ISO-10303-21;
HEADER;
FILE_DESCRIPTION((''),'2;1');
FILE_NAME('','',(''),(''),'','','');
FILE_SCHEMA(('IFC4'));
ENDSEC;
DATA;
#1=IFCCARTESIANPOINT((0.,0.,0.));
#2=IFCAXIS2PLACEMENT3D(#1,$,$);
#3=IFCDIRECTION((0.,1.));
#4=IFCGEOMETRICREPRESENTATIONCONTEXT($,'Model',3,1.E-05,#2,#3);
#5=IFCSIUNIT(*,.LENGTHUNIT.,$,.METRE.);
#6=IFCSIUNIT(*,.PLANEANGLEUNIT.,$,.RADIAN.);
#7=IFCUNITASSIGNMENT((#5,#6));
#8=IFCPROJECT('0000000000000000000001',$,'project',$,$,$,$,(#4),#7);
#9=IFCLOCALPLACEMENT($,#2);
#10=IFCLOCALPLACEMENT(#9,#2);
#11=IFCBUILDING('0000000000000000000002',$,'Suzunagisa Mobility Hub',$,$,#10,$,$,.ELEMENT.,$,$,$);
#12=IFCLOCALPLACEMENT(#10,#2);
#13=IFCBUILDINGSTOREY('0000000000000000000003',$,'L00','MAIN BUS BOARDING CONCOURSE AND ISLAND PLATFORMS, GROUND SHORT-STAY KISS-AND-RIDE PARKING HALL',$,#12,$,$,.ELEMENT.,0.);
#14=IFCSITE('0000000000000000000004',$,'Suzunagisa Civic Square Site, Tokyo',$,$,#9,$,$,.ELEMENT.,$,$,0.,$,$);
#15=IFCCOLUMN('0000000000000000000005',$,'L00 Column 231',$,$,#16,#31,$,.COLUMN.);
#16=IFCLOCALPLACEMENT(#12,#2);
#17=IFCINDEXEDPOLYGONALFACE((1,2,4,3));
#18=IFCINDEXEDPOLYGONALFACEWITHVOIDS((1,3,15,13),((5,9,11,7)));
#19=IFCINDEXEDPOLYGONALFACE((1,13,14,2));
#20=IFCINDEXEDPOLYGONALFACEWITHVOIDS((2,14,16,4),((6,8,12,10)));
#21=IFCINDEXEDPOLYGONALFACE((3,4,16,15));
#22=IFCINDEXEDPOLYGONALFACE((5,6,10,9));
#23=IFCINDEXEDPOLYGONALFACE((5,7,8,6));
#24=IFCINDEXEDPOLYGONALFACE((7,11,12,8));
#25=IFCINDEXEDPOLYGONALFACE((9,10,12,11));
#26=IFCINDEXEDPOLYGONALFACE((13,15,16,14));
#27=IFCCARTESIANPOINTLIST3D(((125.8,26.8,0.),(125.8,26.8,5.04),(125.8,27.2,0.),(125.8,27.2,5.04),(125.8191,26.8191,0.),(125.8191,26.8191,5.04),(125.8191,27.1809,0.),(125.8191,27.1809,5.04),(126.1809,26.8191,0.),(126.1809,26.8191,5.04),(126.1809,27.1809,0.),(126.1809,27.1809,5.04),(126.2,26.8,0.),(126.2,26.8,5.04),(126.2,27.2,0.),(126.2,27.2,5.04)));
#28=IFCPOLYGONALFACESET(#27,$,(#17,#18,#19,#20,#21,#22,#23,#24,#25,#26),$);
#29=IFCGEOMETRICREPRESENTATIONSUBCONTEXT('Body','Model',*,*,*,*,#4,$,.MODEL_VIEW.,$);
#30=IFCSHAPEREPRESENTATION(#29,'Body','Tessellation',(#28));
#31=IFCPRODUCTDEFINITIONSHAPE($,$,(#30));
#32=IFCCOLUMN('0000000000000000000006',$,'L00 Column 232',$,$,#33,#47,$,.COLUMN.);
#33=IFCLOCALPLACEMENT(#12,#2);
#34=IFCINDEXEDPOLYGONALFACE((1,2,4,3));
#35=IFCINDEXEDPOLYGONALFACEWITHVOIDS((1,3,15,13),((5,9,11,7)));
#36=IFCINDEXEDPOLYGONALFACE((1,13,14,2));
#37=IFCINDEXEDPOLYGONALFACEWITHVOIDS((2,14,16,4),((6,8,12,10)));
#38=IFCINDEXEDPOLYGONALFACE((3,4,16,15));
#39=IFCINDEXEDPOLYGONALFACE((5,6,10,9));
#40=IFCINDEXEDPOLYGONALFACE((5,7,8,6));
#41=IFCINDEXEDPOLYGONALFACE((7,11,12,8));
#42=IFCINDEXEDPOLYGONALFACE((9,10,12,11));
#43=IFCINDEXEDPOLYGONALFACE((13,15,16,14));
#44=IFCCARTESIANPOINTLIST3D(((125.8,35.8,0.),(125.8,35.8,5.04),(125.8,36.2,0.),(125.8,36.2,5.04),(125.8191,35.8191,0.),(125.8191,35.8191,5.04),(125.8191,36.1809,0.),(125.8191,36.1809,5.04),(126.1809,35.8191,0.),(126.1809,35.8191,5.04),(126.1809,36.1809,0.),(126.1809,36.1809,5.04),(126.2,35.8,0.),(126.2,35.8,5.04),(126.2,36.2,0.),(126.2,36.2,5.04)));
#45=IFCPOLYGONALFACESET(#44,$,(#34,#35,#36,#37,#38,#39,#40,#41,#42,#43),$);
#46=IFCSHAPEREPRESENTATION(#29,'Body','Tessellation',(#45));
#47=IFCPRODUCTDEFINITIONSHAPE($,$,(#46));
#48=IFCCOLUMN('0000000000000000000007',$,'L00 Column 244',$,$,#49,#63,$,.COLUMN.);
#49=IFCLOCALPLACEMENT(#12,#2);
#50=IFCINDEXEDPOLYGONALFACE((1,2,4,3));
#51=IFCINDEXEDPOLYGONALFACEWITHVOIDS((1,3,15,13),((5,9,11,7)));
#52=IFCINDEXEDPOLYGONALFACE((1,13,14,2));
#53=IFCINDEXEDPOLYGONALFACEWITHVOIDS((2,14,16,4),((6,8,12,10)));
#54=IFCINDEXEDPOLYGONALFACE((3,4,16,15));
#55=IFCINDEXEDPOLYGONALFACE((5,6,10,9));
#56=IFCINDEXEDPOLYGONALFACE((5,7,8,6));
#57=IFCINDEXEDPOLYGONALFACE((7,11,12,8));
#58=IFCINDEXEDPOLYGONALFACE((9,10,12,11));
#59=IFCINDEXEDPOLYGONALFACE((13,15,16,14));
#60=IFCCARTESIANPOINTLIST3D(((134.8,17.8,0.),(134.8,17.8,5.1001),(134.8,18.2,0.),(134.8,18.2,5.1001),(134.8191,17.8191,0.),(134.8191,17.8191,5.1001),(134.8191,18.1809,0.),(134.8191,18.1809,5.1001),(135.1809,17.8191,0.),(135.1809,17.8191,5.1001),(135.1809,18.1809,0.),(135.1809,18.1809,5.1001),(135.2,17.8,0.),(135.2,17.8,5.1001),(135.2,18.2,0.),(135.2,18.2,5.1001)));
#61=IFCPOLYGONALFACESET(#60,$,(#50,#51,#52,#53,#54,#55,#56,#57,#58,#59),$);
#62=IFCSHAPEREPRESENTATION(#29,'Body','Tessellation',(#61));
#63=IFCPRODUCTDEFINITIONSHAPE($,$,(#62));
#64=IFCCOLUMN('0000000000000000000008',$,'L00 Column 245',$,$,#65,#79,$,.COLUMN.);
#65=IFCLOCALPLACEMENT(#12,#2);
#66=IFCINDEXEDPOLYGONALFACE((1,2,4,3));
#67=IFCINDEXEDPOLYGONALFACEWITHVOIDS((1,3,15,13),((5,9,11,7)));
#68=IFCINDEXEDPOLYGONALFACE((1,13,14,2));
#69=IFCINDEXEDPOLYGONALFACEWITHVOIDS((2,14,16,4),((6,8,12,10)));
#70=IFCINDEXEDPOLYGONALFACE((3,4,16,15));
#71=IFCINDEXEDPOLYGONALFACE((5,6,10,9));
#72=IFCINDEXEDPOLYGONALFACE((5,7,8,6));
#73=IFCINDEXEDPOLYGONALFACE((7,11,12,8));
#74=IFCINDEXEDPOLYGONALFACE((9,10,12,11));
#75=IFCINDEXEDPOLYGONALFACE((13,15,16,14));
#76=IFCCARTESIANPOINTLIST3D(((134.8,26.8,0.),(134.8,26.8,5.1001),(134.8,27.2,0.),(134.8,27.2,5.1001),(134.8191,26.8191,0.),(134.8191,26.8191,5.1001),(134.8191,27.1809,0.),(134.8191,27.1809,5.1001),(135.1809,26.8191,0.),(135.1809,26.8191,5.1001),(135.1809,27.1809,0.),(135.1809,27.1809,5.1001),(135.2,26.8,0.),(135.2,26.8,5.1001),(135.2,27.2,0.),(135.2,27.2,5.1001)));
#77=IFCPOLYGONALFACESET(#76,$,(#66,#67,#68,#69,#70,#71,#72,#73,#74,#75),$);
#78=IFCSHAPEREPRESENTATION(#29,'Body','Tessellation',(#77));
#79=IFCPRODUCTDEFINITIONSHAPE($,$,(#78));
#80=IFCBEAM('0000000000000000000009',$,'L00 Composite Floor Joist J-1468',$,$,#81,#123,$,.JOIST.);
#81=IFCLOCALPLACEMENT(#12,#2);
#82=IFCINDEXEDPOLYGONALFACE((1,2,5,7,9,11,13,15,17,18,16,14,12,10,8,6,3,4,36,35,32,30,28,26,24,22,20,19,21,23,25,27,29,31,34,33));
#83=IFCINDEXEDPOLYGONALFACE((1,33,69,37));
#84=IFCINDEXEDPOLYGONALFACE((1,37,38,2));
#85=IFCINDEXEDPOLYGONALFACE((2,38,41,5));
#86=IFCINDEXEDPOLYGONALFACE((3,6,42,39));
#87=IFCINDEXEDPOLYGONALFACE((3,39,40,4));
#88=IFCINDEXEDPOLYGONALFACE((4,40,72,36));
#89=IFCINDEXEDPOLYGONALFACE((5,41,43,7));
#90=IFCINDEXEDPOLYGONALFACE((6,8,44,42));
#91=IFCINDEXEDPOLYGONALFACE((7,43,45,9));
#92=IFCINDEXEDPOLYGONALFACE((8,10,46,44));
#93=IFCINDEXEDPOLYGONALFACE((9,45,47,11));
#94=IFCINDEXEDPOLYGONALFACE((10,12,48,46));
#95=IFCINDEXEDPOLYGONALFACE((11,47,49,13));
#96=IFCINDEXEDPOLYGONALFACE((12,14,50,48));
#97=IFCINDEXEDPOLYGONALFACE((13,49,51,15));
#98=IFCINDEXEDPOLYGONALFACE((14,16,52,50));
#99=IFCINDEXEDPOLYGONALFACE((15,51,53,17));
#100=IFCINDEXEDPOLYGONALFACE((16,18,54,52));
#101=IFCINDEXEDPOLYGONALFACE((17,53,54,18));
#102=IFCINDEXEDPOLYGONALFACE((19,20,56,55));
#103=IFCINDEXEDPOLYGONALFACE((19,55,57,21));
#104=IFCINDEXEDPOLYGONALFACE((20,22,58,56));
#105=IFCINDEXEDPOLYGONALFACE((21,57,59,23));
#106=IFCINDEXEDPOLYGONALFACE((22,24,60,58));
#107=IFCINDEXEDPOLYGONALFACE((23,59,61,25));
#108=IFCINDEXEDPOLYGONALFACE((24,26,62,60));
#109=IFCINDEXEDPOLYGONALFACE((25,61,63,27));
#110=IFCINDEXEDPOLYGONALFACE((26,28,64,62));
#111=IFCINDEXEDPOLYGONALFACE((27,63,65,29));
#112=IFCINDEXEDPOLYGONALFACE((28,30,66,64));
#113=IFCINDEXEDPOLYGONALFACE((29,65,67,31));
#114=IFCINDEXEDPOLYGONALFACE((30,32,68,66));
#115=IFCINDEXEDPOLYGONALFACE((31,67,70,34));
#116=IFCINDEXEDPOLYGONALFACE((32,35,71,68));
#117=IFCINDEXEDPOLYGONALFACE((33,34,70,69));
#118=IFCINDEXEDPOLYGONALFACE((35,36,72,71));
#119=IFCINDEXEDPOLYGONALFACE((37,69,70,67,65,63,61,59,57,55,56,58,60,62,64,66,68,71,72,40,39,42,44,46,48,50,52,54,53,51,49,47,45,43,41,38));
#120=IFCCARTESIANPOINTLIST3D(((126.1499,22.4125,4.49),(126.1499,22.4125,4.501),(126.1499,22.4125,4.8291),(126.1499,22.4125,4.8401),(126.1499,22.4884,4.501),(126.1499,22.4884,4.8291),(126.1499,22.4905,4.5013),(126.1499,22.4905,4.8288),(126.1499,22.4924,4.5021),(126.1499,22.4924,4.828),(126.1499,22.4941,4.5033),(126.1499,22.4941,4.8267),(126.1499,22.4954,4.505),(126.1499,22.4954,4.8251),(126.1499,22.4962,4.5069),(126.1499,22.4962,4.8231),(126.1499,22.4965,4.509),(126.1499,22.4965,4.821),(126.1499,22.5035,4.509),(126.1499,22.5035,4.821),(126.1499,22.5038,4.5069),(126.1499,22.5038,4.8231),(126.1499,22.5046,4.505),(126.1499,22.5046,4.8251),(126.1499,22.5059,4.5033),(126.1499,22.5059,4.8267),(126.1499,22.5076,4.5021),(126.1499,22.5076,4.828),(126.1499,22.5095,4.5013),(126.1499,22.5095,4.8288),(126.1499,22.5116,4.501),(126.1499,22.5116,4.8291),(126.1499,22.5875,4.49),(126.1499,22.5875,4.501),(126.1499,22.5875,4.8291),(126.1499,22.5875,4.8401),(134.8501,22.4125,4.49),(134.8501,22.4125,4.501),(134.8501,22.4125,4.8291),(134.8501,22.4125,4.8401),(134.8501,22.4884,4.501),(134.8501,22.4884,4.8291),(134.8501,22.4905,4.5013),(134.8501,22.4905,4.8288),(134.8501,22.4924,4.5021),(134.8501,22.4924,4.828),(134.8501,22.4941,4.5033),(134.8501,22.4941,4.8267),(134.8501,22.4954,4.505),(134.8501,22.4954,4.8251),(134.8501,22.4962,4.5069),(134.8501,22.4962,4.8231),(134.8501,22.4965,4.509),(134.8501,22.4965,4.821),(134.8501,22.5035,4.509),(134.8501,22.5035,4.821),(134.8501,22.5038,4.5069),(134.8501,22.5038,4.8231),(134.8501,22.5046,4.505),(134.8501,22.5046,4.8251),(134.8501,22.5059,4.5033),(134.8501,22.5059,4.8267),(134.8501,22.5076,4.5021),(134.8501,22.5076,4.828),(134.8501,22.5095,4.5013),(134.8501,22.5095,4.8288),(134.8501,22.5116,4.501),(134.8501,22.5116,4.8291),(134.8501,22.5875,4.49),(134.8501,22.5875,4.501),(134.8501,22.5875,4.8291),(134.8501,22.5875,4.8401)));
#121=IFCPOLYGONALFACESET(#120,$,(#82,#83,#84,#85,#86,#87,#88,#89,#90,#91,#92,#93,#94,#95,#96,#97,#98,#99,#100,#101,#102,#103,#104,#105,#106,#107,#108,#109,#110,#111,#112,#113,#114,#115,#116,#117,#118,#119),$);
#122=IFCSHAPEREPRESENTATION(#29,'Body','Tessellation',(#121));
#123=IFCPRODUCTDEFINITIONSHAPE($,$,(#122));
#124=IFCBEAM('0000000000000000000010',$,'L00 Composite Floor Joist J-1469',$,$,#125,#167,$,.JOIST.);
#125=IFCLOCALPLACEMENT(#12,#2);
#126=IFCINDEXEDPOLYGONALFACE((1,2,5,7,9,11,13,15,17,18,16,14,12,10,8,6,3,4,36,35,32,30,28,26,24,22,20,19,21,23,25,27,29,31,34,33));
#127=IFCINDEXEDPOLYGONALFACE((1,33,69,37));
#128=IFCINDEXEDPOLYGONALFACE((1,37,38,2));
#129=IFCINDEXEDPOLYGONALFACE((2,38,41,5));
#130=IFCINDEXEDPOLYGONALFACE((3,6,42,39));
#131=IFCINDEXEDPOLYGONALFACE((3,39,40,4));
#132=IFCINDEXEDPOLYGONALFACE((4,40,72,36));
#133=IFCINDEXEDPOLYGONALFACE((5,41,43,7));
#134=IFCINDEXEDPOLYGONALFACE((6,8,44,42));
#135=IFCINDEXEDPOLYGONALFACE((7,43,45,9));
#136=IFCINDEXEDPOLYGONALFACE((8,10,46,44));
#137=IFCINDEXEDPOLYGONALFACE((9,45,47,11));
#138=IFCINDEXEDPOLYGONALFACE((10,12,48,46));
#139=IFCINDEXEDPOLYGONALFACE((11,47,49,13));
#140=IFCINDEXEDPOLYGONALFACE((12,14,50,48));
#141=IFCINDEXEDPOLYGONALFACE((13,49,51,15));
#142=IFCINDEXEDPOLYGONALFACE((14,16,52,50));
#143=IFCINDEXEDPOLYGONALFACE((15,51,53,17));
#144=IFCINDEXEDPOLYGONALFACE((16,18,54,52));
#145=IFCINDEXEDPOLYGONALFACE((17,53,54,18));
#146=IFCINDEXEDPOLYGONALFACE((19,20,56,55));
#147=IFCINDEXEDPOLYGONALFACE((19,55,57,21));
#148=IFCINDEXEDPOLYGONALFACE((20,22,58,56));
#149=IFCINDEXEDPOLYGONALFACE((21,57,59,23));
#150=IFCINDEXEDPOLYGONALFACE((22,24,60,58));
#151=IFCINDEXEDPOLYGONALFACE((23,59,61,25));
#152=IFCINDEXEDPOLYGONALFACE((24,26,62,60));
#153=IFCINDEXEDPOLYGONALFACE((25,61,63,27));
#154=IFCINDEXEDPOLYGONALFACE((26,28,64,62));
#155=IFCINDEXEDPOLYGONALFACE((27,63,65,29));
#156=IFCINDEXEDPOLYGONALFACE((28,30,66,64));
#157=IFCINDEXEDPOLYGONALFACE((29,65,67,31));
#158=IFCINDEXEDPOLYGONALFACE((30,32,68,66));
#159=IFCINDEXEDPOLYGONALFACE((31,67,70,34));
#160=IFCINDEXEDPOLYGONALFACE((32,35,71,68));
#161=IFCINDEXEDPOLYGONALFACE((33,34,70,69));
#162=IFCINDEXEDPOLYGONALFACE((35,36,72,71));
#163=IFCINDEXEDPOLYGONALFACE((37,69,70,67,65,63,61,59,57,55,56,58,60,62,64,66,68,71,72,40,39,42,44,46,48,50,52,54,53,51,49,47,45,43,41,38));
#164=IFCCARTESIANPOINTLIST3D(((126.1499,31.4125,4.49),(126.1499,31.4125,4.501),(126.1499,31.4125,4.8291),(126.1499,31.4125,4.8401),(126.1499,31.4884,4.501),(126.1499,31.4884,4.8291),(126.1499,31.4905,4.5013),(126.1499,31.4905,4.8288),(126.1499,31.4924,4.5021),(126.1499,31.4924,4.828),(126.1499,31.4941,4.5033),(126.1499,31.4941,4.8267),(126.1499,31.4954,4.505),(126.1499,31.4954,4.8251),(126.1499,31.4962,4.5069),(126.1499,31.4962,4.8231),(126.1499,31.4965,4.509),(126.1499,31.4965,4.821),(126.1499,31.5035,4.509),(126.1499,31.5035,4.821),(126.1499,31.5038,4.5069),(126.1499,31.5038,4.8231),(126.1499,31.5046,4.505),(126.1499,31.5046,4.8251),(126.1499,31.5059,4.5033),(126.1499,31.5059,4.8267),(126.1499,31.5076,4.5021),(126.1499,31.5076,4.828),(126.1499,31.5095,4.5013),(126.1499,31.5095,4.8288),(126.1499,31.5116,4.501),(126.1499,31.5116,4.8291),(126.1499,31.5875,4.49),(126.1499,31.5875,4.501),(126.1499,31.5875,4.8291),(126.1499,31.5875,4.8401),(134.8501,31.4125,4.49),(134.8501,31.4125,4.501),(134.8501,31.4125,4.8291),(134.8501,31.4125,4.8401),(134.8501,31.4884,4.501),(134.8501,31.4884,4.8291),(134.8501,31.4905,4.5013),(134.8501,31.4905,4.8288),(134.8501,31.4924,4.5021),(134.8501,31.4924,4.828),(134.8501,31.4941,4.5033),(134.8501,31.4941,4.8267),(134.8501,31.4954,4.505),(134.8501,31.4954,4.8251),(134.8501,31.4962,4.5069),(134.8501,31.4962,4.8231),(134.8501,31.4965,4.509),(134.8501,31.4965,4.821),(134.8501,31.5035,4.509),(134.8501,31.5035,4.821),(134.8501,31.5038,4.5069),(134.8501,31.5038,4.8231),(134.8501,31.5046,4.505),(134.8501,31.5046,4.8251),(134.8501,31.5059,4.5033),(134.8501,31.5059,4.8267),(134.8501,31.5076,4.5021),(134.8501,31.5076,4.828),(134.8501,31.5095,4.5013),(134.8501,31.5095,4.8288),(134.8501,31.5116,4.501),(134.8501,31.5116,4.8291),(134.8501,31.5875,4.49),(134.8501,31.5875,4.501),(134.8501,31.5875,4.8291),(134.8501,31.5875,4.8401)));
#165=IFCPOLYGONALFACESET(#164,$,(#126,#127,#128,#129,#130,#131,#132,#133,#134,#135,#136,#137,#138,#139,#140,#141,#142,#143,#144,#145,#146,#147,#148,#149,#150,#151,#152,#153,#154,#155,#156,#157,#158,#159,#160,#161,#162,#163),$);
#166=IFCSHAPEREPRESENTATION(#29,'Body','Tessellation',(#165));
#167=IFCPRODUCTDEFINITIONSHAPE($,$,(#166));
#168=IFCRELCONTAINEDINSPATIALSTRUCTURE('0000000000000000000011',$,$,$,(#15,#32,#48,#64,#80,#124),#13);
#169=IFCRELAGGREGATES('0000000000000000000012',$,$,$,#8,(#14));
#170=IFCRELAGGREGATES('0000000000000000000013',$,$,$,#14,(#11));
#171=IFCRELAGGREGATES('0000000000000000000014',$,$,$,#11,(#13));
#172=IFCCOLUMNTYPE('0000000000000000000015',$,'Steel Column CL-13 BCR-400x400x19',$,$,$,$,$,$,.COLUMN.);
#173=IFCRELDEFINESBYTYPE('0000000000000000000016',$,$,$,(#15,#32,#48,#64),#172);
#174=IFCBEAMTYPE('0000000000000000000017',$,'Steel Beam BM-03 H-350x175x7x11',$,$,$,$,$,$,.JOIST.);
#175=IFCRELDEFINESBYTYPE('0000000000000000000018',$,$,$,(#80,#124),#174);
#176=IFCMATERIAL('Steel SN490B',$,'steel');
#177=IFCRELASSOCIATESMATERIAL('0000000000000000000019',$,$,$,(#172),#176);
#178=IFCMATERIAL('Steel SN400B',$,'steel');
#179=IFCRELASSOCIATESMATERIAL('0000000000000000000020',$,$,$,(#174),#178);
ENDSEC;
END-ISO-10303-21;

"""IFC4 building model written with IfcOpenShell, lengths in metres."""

from ifc_helpers import new_model, si_unit, direction, frame, origin, origin_2d, place, context, subcontext, project, spatial, hollow_rectangle, i_section, extrude, material, material_profile, profile_set, type_object, element, save


model = new_model("IFC4")

# Units and contexts
model_context = context("Model", 3, precision=1e-05, world=origin(), true_north=direction((0.0, 1.0)))
body_context = subcontext(model_context, "Body", "Model", "MODEL_VIEW")
ifc_project = project(units=[si_unit("LENGTHUNIT", "METRE"), si_unit("PLANEANGLEUNIT", "RADIAN")], contexts=[model_context])

# Site, building, storey
site_placement = place(None, origin())
site = spatial("IfcSite", under=ifc_project, at=site_placement, Name="Suzunagisa Civic Square Site, Tokyo", CompositionType="ELEMENT", RefElevation=0.0)
building_placement = place(site_placement, origin())
building = spatial("IfcBuilding", under=site, at=building_placement, Name="Suzunagisa Mobility Hub", CompositionType="ELEMENT")
storey_placement = place(building_placement, origin())
storey = spatial("IfcBuildingStorey", under=building, at=storey_placement, Name="L00", Description="MAIN BUS BOARDING CONCOURSE AND ISLAND PLATFORMS, GROUND SHORT-STAY KISS-AND-RIDE PARKING HALL", CompositionType="ELEMENT", Elevation=0.0)

# Columns
ifc_material_1 = material(Name="Steel SN490B", Category="steel")
ifc_material_profile_1 = material_profile(ifc_material_1, hollow_rectangle(XDim=0.3999, YDim=0.3999, WallThickness=0.019, at=origin_2d()), Name="BCR-400x400x19")
ifc_profile_set_1 = profile_set([ifc_material_profile_1], Name="Steel SN490B")
column_type = type_object("IfcColumnType", Name="Steel Column CL-13 BCR-400x400x19", PredefinedType="COLUMN", material=ifc_profile_set_1)
for number, where, z_axis, x_axis, name in (
    (1, (126.0, 27.0, 0.0), (0.0, 0.0, 1.0), (1.0, 0.0, 0.0), "L00 Column 231"),
    (2, (126.0, 36.0, 0.0), (0.0, 0.0, 1.0), (1.0, 0.0, 0.0), "L00 Column 232"),
):
    element("IfcColumn", number, at=place(storey_placement, frame(where, z_axis=z_axis, x_axis=x_axis)), inside=storey, type_object=column_type, Name=name, PredefinedType="COLUMN", context=body_context, shape_type="SweptSolid", body=[
        extrude(hollow_rectangle(XDim=0.3999, YDim=0.3999, WallThickness=0.019, at=origin_2d()), origin(), (0.0, 0.0, 1.0), 5.04),
    ])
for number, where, z_axis, x_axis, name in (
    (3, (135.0, 18.0, 0.0), (0.0, 0.0, 1.0), (1.0, 0.0, 0.0), "L00 Column 244"),
    (4, (135.0, 27.0, 0.0), (0.0, 0.0, 1.0), (1.0, 0.0, 0.0), "L00 Column 245"),
):
    element("IfcColumn", number, at=place(storey_placement, frame(where, z_axis=z_axis, x_axis=x_axis)), inside=storey, type_object=column_type, Name=name, PredefinedType="COLUMN", context=body_context, shape_type="SweptSolid", body=[
        extrude(hollow_rectangle(XDim=0.3999, YDim=0.3999, WallThickness=0.019, at=origin_2d()), origin(), (0.0, 0.0, 1.0), 5.1001),
    ])

# Beams
ifc_material_2 = material(Name="Steel SN400B", Category="steel")
ifc_material_profile_2 = material_profile(ifc_material_2, i_section(OverallWidth=0.175, OverallDepth=0.3501, WebThickness=0.0071, FlangeThickness=0.011, FilletRadius=0.0081, at=origin_2d()), Name="H-350x175x7x11")
ifc_profile_set_2 = profile_set([ifc_material_profile_2], Name="Steel SN400B")
beam_type_1 = type_object("IfcBeamType", Name="Steel Beam BM-03 H-350x175x7x11", PredefinedType="JOIST", material=ifc_profile_set_2)
for number, where, z_axis, x_axis, name in (
    (5, (126.1499, 22.5, 4.665), (1.0, 0.0, 0.0), (0.0, 1.0, 0.0), "L00 Composite Floor Joist J-1468"),
    (6, (126.1499, 31.5, 4.665), (1.0, 0.0, 0.0), (0.0, 1.0, 0.0), "L00 Composite Floor Joist J-1469"),
):
    element("IfcBeam", number, at=place(storey_placement, frame(where, z_axis=z_axis, x_axis=x_axis)), inside=storey, type_object=beam_type_1, Name=name, PredefinedType="JOIST", context=body_context, shape_type="SweptSolid", body=[
        extrude(i_section(OverallWidth=0.175, OverallDepth=0.3501, WebThickness=0.0071, FlangeThickness=0.011, FilletRadius=0.0081, at=origin_2d()), origin(), (0.0, 0.0, 1.0), 8.7002),
    ])

save(model, "model.ifc")
